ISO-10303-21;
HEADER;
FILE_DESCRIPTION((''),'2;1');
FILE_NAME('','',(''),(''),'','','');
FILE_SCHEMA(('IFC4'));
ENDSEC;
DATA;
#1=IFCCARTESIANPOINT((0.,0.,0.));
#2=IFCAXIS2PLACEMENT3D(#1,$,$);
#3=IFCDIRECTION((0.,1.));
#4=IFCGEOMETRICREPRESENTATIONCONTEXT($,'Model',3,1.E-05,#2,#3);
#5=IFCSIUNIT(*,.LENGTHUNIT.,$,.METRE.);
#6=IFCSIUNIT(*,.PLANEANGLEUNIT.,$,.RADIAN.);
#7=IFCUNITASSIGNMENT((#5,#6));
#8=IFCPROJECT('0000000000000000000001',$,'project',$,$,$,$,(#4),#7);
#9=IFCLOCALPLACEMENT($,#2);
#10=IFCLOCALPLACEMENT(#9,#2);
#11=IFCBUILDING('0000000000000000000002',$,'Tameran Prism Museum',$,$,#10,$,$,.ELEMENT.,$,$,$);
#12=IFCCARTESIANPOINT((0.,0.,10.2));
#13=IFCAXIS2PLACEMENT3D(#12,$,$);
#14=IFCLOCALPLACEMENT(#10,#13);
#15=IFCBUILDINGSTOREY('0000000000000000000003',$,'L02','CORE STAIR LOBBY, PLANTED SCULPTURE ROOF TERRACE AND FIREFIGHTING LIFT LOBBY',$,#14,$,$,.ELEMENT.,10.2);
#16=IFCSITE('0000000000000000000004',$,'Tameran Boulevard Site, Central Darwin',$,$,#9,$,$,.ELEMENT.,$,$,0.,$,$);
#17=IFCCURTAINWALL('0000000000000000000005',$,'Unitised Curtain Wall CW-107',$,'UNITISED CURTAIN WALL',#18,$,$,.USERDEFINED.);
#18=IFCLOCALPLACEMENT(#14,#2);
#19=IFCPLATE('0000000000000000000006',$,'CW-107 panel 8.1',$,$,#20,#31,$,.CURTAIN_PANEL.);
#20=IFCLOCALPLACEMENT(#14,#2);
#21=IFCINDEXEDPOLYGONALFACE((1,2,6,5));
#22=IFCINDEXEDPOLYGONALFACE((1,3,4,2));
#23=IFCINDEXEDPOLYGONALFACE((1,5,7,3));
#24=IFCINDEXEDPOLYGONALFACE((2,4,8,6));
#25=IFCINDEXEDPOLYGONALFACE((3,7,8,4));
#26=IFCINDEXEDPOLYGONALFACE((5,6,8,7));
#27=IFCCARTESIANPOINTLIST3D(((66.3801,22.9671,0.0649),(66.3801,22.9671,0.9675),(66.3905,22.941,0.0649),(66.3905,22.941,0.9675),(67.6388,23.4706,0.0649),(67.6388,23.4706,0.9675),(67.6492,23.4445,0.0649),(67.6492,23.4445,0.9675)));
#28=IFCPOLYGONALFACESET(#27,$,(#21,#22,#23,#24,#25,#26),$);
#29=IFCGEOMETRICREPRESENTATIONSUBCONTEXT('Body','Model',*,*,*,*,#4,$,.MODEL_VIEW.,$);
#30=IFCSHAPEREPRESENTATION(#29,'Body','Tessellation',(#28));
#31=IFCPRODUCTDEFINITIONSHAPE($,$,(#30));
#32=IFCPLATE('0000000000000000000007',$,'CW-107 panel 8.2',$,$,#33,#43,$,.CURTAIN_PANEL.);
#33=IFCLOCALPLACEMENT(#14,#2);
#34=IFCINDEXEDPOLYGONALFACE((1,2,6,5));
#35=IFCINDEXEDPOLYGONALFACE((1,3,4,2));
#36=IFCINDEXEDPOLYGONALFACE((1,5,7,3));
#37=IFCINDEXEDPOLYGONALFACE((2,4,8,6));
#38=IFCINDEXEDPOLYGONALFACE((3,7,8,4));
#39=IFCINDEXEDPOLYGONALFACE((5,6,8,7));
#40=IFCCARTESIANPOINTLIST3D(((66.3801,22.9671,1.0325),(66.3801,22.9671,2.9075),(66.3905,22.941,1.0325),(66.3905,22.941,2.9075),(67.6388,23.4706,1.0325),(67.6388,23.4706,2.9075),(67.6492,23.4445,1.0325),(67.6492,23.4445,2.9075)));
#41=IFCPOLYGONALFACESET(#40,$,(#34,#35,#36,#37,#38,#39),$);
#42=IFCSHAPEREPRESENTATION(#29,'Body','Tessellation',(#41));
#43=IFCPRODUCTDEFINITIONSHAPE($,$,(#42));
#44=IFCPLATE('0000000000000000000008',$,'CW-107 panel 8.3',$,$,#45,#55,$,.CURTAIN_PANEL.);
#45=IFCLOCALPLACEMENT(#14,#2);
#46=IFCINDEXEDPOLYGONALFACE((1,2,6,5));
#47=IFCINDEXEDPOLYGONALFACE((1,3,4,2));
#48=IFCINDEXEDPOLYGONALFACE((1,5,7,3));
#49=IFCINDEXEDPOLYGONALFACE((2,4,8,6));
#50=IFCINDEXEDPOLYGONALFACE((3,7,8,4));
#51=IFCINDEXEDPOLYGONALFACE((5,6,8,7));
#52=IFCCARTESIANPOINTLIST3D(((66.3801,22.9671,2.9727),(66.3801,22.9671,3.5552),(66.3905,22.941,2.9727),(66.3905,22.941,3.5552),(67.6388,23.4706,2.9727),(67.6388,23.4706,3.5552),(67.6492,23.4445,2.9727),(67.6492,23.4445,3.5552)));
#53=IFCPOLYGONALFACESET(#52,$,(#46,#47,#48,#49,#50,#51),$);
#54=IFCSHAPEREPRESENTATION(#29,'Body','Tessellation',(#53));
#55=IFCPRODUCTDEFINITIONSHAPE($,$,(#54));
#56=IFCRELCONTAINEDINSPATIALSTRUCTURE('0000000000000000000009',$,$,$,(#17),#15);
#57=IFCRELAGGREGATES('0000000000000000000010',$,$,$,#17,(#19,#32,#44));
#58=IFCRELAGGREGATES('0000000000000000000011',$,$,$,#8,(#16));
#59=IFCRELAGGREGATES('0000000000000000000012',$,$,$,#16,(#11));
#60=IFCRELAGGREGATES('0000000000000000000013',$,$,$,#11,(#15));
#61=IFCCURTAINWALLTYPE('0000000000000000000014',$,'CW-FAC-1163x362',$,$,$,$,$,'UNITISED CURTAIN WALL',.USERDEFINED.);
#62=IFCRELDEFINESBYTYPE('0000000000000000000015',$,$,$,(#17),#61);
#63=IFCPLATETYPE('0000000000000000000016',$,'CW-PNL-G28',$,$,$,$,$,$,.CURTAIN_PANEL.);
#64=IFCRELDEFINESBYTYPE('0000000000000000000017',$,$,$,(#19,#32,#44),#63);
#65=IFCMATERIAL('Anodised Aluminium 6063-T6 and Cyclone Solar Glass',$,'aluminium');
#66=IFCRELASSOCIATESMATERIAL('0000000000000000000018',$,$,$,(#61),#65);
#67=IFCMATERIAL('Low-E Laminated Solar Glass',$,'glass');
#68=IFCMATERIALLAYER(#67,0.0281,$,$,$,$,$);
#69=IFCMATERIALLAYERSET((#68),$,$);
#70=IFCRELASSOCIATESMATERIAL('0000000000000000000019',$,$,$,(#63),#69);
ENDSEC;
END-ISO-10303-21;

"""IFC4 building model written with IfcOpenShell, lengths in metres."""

from ifc_helpers import new_model, si_unit, direction, frame, origin, origin_2d, place, context, subcontext, project, spatial, rectangle, extrude, material, layer, layer_set, type_object, element, aggregate, save


model = new_model("IFC4")

# Units and contexts
model_context = context("Model", 3, precision=1e-05, world=origin(), true_north=direction((0.0, 1.0)))
body_context = subcontext(model_context, "Body", "Model", "MODEL_VIEW")
ifc_project = project(units=[si_unit("LENGTHUNIT", "METRE"), si_unit("PLANEANGLEUNIT", "RADIAN")], contexts=[model_context])

# Site, building, storey
site_placement = place(None, origin())
site = spatial("IfcSite", under=ifc_project, at=site_placement, Name="Tameran Boulevard Site, Central Darwin", CompositionType="ELEMENT", RefElevation=0.0)
building_placement = place(site_placement, origin())
building = spatial("IfcBuilding", under=site, at=building_placement, Name="Tameran Prism Museum", CompositionType="ELEMENT")
storey_placement = place(building_placement, frame((0.0, 0.0, 10.2)))
storey = spatial("IfcBuildingStorey", under=building, at=storey_placement, Name="L02", Description="CORE STAIR LOBBY, PLANTED SCULPTURE ROOF TERRACE AND FIREFIGHTING LIFT LOBBY", CompositionType="ELEMENT", Elevation=10.2)

# Curtain wall, plates
ifc_material_1 = material(Name="Anodised Aluminium 6063-T6 and Cyclone Solar Glass", Category="aluminium")
curtain_wall_type = type_object("IfcCurtainWallType", Name="CW-FAC-1163x362", ElementType="UNITISED CURTAIN WALL", PredefinedType="USERDEFINED", material=ifc_material_1)
curtain_wall_placement = place(storey_placement, origin())
curtain_wall = element("IfcCurtainWall", 1, at=curtain_wall_placement, inside=storey, type_object=curtain_wall_type, Name="Unitised Curtain Wall CW-107", ObjectType="UNITISED CURTAIN WALL", PredefinedType="USERDEFINED")
ifc_material_2 = material(Name="Low-E Laminated Solar Glass", Category="glass")
ifc_layer = layer(ifc_material_2, 0.0281)
ifc_layer_set = layer_set([ifc_layer])
plate_type = type_object("IfcPlateType", Name="CW-PNL-G28", PredefinedType="CURTAIN_PANEL", material=ifc_layer_set)
plate_1_placement = place(storey_placement, frame((67.0146, 23.2058, 0.0649), z_axis=(0.0, 0.0, 1.0), x_axis=(-0.928465, -0.37142, 0.0)))
plate_1 = element("IfcPlate", 2, at=plate_1_placement, type_object=plate_type, Name="CW-107 panel 8.1", PredefinedType="CURTAIN_PANEL", context=body_context, shape_type="SweptSolid", body=[
    extrude(rectangle(XDim=1.3557, YDim=0.0281, at=origin_2d()), origin(), (0.0, 0.0, 1.0), 0.9026),
])
plate_2_placement = place(storey_placement, frame((67.0146, 23.2058, 1.0325), z_axis=(0.0, 0.0, 1.0), x_axis=(-0.928465, -0.37142, 0.0)))
plate_2 = element("IfcPlate", 3, at=plate_2_placement, type_object=plate_type, Name="CW-107 panel 8.2", PredefinedType="CURTAIN_PANEL", context=body_context, shape_type="SweptSolid", body=[
    extrude(rectangle(XDim=1.3557, YDim=0.0281, at=origin_2d()), origin(), (0.0, 0.0, 1.0), 1.875),
])
plate_3_placement = place(storey_placement, frame((67.0146, 23.2058, 2.9727), z_axis=(0.0, 0.0, 1.0), x_axis=(-0.928465, -0.37142, 0.0)))
plate_3 = element("IfcPlate", 4, at=plate_3_placement, type_object=plate_type, Name="CW-107 panel 8.3", PredefinedType="CURTAIN_PANEL", context=body_context, shape_type="SweptSolid", body=[
    extrude(rectangle(XDim=1.3557, YDim=0.0281, at=origin_2d()), origin(), (0.0, 0.0, 1.0), 0.5825),
])
aggregate(curtain_wall, [plate_1, plate_2, plate_3])

save(model, "model.ifc")
